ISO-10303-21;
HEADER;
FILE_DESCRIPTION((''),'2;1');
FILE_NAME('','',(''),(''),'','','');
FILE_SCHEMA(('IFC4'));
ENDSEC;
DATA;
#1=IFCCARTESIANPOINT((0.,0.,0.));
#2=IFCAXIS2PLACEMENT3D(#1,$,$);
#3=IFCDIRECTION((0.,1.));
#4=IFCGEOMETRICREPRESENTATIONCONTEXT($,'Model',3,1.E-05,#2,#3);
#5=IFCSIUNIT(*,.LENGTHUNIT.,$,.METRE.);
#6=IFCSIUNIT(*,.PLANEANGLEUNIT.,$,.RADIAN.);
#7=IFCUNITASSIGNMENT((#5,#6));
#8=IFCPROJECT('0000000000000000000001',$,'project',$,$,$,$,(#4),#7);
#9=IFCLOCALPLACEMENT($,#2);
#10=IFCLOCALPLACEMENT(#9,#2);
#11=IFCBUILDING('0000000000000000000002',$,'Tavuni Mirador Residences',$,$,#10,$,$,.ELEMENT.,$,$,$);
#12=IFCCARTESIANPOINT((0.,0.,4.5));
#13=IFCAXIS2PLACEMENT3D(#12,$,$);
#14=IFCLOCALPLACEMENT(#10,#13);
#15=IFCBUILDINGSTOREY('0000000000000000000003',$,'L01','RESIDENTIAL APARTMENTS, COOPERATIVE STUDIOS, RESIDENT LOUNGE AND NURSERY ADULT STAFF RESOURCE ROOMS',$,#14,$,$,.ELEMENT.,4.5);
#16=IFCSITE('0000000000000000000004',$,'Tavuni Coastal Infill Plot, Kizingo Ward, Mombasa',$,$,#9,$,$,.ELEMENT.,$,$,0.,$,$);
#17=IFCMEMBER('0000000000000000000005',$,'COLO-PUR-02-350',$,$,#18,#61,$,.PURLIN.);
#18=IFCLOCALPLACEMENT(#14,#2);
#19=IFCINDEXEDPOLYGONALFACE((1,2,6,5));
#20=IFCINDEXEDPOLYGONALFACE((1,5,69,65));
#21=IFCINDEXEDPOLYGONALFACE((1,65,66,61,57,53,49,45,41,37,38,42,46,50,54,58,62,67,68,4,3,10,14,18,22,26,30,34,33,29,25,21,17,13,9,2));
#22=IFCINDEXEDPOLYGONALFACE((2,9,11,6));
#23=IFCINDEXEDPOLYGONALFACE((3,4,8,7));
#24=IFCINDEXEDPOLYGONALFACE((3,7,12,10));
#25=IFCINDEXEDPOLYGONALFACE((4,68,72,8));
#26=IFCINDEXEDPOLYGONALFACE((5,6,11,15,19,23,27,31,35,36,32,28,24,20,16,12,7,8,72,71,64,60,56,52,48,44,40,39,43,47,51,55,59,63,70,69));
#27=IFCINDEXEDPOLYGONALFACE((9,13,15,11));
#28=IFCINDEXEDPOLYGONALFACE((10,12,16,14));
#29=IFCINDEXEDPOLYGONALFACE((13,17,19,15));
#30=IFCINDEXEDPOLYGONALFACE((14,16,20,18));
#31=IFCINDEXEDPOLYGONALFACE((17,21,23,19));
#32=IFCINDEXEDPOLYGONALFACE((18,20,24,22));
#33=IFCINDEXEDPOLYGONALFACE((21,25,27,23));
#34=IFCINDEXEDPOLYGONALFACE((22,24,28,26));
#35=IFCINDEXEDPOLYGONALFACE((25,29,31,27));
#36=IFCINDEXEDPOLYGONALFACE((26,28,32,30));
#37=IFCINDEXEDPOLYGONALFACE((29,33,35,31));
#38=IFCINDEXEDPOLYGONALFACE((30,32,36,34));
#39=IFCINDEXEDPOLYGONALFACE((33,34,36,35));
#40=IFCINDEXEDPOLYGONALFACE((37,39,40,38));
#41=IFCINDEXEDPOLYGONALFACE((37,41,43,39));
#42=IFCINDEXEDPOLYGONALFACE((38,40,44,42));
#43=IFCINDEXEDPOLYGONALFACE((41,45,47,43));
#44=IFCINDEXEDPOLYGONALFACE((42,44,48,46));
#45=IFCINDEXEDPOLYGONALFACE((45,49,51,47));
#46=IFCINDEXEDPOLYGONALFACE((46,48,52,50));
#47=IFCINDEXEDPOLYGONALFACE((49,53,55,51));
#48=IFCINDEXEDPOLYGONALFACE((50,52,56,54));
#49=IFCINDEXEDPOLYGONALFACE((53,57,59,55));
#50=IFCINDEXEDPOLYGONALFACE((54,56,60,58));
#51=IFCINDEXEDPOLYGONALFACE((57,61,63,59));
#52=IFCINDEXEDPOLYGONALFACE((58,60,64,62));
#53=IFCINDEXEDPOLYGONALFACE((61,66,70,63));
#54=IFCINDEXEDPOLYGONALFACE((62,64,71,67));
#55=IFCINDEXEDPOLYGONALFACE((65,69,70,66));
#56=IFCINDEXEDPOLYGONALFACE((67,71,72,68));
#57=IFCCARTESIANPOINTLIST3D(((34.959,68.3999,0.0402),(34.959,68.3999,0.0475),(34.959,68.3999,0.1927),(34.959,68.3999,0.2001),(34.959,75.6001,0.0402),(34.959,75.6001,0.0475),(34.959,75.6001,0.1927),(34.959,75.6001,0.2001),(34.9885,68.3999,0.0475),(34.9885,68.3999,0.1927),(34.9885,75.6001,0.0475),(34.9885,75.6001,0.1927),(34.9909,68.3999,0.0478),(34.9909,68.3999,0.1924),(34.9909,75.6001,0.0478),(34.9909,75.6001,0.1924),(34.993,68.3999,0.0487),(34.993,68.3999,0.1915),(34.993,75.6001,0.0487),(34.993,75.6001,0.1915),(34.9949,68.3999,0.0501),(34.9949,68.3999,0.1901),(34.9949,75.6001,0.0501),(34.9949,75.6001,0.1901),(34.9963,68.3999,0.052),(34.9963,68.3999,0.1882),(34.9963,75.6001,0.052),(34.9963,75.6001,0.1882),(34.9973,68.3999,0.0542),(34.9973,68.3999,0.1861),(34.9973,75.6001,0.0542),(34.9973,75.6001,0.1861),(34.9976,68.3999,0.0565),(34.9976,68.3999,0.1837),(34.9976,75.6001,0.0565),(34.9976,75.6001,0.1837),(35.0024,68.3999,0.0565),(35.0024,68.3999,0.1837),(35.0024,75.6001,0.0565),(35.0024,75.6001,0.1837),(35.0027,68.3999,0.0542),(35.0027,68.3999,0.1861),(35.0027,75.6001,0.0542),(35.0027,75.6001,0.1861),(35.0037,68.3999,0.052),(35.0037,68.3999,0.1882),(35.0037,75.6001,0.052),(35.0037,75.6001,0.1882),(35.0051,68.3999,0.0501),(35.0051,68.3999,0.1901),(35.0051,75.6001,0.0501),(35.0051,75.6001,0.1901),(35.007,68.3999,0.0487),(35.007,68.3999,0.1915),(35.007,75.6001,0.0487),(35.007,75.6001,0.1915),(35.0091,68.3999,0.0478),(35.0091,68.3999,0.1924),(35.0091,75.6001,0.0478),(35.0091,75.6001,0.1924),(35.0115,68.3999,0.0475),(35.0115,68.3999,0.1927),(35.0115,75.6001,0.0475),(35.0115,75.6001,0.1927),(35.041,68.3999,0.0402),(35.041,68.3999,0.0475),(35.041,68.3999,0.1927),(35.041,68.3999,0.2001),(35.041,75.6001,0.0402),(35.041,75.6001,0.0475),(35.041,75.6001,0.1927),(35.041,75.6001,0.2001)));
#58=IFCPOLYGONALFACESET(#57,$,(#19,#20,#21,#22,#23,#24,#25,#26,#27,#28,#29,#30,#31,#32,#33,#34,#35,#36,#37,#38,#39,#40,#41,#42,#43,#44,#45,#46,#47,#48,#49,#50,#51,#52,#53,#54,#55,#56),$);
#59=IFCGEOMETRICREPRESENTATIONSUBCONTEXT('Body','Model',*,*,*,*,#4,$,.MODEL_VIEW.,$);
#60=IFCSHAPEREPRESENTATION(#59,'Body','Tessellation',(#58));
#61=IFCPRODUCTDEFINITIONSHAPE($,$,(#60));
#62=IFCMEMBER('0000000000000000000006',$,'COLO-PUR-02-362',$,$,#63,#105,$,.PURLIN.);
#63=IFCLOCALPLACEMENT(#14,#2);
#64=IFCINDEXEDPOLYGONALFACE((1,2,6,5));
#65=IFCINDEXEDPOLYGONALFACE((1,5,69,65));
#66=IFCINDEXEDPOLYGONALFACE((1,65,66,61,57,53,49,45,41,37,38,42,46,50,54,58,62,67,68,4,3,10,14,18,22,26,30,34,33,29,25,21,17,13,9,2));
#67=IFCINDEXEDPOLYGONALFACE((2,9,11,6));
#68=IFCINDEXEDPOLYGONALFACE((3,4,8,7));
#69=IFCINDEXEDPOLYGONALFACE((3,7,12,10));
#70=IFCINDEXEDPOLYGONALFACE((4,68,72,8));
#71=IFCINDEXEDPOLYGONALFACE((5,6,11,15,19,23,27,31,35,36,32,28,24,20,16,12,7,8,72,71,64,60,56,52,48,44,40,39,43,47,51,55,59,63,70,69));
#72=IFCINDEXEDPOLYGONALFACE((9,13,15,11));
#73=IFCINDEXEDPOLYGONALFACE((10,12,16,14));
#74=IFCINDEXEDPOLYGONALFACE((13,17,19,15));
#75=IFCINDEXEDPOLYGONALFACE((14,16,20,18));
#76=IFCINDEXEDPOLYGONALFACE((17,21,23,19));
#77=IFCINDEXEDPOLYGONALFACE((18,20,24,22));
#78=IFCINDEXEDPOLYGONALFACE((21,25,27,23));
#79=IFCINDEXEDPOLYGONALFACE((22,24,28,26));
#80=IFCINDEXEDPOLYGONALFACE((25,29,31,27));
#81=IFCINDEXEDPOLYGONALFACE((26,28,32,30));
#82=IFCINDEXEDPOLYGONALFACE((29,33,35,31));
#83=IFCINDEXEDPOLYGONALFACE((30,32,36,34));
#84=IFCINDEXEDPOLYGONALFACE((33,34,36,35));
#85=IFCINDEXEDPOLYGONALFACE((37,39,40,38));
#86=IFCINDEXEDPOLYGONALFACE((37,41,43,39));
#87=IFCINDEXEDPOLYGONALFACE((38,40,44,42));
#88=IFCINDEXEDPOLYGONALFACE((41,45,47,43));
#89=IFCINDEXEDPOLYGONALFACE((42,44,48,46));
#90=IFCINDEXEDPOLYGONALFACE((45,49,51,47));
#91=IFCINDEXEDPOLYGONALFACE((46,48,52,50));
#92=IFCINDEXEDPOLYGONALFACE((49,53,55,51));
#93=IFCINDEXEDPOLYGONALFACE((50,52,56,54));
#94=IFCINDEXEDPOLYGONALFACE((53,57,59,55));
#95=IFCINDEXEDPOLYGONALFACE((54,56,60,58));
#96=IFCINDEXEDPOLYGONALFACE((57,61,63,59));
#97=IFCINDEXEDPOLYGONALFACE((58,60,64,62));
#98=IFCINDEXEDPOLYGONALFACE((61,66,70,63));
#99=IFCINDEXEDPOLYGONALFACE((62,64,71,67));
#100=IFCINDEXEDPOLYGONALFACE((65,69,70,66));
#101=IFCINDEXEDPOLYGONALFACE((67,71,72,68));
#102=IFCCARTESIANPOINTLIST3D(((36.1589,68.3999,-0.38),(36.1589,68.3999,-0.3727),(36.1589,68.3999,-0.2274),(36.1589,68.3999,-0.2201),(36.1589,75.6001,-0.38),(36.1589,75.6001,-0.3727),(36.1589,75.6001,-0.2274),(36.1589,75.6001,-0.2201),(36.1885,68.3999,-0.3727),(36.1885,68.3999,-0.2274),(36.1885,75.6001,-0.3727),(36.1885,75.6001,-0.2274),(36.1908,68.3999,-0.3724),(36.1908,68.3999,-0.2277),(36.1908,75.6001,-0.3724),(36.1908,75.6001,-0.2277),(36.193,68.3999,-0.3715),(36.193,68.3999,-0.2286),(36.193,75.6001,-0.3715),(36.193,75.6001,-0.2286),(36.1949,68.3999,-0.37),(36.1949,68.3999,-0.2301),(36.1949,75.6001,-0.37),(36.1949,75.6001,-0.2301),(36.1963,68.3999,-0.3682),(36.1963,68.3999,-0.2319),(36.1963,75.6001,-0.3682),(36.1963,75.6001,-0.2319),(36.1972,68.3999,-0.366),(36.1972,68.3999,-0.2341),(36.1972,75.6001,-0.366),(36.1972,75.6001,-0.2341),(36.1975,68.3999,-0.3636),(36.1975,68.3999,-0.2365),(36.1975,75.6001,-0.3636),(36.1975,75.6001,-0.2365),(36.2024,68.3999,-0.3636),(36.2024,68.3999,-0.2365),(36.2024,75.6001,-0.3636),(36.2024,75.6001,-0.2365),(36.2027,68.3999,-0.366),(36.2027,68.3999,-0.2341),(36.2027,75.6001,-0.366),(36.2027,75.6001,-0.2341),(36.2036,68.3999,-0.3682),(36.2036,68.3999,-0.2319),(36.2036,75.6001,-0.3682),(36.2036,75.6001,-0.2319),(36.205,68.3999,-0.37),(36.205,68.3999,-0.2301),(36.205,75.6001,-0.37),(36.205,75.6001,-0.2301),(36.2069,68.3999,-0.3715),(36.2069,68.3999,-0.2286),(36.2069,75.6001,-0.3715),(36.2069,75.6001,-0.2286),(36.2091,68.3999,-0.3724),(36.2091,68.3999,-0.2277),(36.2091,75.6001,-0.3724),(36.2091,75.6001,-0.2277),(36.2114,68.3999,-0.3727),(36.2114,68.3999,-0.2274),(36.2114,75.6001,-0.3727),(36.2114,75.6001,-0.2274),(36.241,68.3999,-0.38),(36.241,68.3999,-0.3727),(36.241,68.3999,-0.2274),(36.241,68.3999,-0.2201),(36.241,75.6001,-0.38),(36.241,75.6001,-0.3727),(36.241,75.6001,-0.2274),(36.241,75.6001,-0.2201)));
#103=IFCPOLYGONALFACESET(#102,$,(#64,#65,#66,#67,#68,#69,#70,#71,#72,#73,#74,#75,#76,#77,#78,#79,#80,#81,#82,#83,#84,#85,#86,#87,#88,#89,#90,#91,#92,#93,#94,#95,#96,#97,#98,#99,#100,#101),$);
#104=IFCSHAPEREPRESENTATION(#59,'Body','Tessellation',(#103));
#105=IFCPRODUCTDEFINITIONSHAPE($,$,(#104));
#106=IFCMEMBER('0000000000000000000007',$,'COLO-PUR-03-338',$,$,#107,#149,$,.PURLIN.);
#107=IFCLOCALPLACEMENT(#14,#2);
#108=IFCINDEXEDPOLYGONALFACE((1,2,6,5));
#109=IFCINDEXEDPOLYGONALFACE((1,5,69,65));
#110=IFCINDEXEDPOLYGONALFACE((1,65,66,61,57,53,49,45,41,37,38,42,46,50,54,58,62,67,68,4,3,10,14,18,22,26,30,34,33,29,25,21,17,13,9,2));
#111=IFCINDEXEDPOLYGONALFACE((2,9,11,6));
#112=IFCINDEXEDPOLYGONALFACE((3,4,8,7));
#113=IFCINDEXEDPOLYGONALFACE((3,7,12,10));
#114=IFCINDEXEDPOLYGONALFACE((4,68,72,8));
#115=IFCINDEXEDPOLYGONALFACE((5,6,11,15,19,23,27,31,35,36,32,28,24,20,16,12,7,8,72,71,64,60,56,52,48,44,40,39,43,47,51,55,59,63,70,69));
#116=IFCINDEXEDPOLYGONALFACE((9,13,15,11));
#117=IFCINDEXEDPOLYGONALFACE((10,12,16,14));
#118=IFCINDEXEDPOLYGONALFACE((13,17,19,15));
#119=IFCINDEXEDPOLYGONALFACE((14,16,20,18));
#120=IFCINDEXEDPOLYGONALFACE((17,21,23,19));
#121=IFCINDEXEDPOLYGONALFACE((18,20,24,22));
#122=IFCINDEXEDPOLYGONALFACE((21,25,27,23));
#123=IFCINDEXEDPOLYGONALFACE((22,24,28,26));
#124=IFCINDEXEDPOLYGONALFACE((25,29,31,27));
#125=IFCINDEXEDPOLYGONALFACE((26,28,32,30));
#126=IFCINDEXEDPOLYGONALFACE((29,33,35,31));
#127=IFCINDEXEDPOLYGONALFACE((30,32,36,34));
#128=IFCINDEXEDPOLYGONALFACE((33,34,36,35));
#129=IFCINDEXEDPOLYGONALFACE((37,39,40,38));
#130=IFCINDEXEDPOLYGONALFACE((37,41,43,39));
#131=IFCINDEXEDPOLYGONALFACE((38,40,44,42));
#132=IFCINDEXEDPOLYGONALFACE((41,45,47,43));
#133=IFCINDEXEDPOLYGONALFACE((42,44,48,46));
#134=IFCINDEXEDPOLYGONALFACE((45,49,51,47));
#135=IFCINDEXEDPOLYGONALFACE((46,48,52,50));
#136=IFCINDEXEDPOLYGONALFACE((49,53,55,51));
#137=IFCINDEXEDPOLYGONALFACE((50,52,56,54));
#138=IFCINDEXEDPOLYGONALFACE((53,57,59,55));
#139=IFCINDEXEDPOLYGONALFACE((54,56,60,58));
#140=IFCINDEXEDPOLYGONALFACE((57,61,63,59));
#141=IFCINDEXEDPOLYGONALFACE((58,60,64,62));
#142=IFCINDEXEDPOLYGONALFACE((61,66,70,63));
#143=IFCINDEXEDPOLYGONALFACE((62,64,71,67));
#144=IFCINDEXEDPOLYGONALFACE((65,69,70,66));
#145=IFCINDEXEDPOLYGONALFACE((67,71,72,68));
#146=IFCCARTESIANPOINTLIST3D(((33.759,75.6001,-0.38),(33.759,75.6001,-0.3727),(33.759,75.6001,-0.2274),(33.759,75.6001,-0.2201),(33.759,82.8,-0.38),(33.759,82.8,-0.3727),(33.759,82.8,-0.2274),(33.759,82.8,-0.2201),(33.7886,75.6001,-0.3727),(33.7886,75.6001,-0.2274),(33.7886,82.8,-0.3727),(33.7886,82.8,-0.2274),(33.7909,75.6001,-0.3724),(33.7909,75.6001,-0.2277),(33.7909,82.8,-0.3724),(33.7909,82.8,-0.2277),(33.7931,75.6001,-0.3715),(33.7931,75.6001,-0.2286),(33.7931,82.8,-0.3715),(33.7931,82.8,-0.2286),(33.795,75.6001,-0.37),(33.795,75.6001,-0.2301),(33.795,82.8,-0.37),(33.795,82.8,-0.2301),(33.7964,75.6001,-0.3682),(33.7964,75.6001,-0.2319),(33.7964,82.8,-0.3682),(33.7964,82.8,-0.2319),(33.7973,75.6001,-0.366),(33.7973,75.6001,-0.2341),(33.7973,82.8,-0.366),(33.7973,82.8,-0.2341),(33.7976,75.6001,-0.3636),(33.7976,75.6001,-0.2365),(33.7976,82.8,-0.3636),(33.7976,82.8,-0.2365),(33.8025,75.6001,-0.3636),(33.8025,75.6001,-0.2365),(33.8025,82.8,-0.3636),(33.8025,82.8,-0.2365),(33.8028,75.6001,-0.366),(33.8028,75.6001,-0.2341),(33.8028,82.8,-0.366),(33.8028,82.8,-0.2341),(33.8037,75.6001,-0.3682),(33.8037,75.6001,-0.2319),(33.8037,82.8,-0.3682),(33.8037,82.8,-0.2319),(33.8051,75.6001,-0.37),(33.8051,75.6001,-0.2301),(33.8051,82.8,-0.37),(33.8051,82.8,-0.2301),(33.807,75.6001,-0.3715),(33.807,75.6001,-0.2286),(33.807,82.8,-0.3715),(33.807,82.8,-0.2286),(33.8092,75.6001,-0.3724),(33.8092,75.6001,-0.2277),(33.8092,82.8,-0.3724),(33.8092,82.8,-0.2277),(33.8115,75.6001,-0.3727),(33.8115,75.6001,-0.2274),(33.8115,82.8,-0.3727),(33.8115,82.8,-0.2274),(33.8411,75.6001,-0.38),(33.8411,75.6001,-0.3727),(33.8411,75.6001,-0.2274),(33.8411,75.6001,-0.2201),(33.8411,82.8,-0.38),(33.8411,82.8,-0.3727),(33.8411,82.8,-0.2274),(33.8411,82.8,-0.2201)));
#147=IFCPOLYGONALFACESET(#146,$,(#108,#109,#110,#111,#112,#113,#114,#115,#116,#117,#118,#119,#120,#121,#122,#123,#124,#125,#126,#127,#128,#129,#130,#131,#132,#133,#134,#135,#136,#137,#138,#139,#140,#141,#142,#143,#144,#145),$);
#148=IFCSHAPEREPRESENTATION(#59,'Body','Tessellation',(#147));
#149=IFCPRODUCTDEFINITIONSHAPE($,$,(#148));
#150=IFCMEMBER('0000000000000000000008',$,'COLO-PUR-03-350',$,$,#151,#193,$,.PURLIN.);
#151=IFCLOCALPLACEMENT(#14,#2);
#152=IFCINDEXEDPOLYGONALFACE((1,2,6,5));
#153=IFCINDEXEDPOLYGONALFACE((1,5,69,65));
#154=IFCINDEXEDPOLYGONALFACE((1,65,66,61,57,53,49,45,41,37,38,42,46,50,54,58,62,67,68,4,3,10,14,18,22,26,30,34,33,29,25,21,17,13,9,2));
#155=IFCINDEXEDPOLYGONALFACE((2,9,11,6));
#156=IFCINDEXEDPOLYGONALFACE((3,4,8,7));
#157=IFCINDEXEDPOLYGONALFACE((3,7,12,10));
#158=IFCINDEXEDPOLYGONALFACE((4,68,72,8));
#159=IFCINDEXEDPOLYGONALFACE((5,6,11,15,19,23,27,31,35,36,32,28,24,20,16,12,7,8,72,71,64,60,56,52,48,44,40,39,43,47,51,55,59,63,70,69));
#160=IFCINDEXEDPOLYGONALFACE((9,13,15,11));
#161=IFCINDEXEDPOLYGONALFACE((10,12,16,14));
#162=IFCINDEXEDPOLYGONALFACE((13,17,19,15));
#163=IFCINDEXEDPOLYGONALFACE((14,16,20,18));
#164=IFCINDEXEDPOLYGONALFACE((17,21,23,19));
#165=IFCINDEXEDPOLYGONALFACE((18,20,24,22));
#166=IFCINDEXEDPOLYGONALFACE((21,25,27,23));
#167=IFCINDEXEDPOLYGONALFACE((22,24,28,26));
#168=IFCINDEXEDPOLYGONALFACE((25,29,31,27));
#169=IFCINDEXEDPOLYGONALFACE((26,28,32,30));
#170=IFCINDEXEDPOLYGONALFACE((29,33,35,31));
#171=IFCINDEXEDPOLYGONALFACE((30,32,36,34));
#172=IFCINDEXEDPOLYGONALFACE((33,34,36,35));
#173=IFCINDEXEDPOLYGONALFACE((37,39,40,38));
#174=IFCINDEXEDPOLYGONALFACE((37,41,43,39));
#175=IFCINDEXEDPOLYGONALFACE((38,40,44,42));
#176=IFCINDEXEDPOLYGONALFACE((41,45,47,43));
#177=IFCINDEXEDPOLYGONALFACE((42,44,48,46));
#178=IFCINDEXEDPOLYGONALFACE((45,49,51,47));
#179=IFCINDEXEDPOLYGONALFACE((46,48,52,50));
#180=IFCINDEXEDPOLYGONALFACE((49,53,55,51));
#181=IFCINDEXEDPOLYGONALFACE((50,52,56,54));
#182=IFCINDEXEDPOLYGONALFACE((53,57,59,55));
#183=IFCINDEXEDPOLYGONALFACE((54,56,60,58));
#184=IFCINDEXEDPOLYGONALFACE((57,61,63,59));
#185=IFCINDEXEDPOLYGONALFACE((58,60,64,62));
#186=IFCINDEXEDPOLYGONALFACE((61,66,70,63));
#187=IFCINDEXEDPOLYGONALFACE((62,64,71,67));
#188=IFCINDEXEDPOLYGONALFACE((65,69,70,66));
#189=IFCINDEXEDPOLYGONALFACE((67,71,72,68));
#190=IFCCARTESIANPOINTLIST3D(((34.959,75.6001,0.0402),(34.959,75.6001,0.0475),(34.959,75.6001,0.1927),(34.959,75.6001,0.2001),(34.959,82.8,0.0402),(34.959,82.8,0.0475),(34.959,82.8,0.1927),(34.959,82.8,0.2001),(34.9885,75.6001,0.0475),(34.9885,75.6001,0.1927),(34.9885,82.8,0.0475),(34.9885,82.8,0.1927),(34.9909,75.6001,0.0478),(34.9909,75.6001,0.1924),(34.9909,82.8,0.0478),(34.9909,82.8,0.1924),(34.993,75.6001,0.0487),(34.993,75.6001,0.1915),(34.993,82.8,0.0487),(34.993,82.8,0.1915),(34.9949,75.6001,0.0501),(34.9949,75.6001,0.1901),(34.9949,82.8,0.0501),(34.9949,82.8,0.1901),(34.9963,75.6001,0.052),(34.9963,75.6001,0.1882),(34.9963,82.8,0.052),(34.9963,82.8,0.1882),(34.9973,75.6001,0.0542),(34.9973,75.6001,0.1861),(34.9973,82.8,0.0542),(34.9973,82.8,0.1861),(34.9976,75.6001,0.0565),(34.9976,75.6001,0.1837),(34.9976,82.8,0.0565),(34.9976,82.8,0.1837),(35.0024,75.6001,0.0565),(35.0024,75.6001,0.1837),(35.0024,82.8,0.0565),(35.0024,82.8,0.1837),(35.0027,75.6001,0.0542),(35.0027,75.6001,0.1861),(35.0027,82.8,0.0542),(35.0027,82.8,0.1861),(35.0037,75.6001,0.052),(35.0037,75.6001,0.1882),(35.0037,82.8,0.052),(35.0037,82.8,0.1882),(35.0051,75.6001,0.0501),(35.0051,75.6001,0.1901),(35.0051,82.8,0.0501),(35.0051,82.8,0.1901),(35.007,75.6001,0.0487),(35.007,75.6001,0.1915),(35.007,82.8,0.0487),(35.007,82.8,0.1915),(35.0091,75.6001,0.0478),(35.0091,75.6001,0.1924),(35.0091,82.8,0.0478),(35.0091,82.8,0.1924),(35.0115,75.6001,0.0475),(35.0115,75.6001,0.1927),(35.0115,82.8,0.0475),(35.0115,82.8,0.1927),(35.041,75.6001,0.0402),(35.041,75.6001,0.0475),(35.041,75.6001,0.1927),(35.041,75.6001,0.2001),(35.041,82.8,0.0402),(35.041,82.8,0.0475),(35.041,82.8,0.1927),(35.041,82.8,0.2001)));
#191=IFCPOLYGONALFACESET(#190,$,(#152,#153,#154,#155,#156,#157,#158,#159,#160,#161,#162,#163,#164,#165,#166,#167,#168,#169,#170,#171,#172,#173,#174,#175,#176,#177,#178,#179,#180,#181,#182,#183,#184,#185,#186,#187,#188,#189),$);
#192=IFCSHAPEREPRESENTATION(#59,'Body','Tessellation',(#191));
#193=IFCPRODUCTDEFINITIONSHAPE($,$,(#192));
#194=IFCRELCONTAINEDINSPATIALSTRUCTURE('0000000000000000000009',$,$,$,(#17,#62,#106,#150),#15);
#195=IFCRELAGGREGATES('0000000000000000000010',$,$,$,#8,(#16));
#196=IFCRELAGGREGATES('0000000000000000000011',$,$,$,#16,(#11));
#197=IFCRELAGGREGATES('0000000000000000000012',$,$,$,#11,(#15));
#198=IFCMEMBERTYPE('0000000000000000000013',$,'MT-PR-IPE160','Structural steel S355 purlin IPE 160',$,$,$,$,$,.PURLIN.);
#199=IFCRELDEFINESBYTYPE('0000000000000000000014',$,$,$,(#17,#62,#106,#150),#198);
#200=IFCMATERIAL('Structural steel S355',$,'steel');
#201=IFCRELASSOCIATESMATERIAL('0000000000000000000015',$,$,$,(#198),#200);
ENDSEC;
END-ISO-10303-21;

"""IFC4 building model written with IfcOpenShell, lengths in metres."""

from ifc_helpers import new_model, si_unit, direction, frame, origin, origin_2d, place, context, subcontext, project, spatial, i_section, extrude, material, material_profile, profile_set, type_object, element, save


model = new_model("IFC4")

# Units and contexts
model_context = context("Model", 3, precision=1e-05, world=origin(), true_north=direction((0.0, 1.0)))
body_context = subcontext(model_context, "Body", "Model", "MODEL_VIEW")
ifc_project = project(units=[si_unit("LENGTHUNIT", "METRE"), si_unit("PLANEANGLEUNIT", "RADIAN")], contexts=[model_context])

# Site, building, storey
site_placement = place(None, origin())
site = spatial("IfcSite", under=ifc_project, at=site_placement, Name="Tavuni Coastal Infill Plot, Kizingo Ward, Mombasa", CompositionType="ELEMENT", RefElevation=0.0)
building_placement = place(site_placement, origin())
building = spatial("IfcBuilding", under=site, at=building_placement, Name="Tavuni Mirador Residences", CompositionType="ELEMENT")
storey_placement = place(building_placement, frame((0.0, 0.0, 4.5)))
storey = spatial("IfcBuildingStorey", under=building, at=storey_placement, Name="L01", Description="RESIDENTIAL APARTMENTS, COOPERATIVE STUDIOS, RESIDENT LOUNGE AND NURSERY ADULT STAFF RESOURCE ROOMS", CompositionType="ELEMENT", Elevation=4.5)

# Shared definitions
ifc_material = material(Name="Structural steel S355", Category="steel")

# Members
ifc_material_profile_1 = material_profile(ifc_material, i_section(OverallWidth=0.082, OverallDepth=0.1599, WebThickness=0.0049, FlangeThickness=0.0073, FilletRadius=0.009, at=origin_2d()), Name="IPE 160", Category="steel")
ifc_profile_set_1 = profile_set([ifc_material_profile_1], Name="Structural steel S355")
member_type_1 = type_object("IfcMemberType", Name="MT-PR-IPE160", Description="Structural steel S355 purlin IPE 160", PredefinedType="PURLIN", material=ifc_profile_set_1)
for number, where, z_axis, x_axis, name in (
    (1, (35.0, 68.3999, 0.1201), (0.0, 1.0, 0.0), (-1.0, 0.0, 0.0), "COLO-PUR-02-350"),
    (2, (36.2, 68.3999, -0.3), (0.0, 1.0, 0.0), (-1.0, 0.0, 0.0), "COLO-PUR-02-362"),
):
    element("IfcMember", number, at=place(storey_placement, frame(where, z_axis=z_axis, x_axis=x_axis)), inside=storey, type_object=member_type_1, Name=name, PredefinedType="PURLIN", context=body_context, shape_type="SweptSolid", body=[
        extrude(i_section(OverallWidth=0.082, OverallDepth=0.1599, WebThickness=0.0049, FlangeThickness=0.0073, FilletRadius=0.009, at=origin_2d()), origin(), (0.0, 0.0, 1.0), 7.2002),
    ])
for number, where, z_axis, x_axis, name in (
    (3, (33.8, 75.6001, -0.3), (0.0, 1.0, 0.0), (-1.0, 0.0, 0.0), "COLO-PUR-03-338"),
    (4, (35.0, 75.6001, 0.1201), (0.0, 1.0, 0.0), (-1.0, 0.0, 0.0), "COLO-PUR-03-350"),
):
    element("IfcMember", number, at=place(storey_placement, frame(where, z_axis=z_axis, x_axis=x_axis)), inside=storey, type_object=member_type_1, Name=name, PredefinedType="PURLIN", context=body_context, shape_type="SweptSolid", body=[
        extrude(i_section(OverallWidth=0.082, OverallDepth=0.1599, WebThickness=0.0049, FlangeThickness=0.0073, FilletRadius=0.009, at=origin_2d()), origin(), (0.0, 0.0, 1.0), 7.2),
    ])

save(model, "model.ifc")
